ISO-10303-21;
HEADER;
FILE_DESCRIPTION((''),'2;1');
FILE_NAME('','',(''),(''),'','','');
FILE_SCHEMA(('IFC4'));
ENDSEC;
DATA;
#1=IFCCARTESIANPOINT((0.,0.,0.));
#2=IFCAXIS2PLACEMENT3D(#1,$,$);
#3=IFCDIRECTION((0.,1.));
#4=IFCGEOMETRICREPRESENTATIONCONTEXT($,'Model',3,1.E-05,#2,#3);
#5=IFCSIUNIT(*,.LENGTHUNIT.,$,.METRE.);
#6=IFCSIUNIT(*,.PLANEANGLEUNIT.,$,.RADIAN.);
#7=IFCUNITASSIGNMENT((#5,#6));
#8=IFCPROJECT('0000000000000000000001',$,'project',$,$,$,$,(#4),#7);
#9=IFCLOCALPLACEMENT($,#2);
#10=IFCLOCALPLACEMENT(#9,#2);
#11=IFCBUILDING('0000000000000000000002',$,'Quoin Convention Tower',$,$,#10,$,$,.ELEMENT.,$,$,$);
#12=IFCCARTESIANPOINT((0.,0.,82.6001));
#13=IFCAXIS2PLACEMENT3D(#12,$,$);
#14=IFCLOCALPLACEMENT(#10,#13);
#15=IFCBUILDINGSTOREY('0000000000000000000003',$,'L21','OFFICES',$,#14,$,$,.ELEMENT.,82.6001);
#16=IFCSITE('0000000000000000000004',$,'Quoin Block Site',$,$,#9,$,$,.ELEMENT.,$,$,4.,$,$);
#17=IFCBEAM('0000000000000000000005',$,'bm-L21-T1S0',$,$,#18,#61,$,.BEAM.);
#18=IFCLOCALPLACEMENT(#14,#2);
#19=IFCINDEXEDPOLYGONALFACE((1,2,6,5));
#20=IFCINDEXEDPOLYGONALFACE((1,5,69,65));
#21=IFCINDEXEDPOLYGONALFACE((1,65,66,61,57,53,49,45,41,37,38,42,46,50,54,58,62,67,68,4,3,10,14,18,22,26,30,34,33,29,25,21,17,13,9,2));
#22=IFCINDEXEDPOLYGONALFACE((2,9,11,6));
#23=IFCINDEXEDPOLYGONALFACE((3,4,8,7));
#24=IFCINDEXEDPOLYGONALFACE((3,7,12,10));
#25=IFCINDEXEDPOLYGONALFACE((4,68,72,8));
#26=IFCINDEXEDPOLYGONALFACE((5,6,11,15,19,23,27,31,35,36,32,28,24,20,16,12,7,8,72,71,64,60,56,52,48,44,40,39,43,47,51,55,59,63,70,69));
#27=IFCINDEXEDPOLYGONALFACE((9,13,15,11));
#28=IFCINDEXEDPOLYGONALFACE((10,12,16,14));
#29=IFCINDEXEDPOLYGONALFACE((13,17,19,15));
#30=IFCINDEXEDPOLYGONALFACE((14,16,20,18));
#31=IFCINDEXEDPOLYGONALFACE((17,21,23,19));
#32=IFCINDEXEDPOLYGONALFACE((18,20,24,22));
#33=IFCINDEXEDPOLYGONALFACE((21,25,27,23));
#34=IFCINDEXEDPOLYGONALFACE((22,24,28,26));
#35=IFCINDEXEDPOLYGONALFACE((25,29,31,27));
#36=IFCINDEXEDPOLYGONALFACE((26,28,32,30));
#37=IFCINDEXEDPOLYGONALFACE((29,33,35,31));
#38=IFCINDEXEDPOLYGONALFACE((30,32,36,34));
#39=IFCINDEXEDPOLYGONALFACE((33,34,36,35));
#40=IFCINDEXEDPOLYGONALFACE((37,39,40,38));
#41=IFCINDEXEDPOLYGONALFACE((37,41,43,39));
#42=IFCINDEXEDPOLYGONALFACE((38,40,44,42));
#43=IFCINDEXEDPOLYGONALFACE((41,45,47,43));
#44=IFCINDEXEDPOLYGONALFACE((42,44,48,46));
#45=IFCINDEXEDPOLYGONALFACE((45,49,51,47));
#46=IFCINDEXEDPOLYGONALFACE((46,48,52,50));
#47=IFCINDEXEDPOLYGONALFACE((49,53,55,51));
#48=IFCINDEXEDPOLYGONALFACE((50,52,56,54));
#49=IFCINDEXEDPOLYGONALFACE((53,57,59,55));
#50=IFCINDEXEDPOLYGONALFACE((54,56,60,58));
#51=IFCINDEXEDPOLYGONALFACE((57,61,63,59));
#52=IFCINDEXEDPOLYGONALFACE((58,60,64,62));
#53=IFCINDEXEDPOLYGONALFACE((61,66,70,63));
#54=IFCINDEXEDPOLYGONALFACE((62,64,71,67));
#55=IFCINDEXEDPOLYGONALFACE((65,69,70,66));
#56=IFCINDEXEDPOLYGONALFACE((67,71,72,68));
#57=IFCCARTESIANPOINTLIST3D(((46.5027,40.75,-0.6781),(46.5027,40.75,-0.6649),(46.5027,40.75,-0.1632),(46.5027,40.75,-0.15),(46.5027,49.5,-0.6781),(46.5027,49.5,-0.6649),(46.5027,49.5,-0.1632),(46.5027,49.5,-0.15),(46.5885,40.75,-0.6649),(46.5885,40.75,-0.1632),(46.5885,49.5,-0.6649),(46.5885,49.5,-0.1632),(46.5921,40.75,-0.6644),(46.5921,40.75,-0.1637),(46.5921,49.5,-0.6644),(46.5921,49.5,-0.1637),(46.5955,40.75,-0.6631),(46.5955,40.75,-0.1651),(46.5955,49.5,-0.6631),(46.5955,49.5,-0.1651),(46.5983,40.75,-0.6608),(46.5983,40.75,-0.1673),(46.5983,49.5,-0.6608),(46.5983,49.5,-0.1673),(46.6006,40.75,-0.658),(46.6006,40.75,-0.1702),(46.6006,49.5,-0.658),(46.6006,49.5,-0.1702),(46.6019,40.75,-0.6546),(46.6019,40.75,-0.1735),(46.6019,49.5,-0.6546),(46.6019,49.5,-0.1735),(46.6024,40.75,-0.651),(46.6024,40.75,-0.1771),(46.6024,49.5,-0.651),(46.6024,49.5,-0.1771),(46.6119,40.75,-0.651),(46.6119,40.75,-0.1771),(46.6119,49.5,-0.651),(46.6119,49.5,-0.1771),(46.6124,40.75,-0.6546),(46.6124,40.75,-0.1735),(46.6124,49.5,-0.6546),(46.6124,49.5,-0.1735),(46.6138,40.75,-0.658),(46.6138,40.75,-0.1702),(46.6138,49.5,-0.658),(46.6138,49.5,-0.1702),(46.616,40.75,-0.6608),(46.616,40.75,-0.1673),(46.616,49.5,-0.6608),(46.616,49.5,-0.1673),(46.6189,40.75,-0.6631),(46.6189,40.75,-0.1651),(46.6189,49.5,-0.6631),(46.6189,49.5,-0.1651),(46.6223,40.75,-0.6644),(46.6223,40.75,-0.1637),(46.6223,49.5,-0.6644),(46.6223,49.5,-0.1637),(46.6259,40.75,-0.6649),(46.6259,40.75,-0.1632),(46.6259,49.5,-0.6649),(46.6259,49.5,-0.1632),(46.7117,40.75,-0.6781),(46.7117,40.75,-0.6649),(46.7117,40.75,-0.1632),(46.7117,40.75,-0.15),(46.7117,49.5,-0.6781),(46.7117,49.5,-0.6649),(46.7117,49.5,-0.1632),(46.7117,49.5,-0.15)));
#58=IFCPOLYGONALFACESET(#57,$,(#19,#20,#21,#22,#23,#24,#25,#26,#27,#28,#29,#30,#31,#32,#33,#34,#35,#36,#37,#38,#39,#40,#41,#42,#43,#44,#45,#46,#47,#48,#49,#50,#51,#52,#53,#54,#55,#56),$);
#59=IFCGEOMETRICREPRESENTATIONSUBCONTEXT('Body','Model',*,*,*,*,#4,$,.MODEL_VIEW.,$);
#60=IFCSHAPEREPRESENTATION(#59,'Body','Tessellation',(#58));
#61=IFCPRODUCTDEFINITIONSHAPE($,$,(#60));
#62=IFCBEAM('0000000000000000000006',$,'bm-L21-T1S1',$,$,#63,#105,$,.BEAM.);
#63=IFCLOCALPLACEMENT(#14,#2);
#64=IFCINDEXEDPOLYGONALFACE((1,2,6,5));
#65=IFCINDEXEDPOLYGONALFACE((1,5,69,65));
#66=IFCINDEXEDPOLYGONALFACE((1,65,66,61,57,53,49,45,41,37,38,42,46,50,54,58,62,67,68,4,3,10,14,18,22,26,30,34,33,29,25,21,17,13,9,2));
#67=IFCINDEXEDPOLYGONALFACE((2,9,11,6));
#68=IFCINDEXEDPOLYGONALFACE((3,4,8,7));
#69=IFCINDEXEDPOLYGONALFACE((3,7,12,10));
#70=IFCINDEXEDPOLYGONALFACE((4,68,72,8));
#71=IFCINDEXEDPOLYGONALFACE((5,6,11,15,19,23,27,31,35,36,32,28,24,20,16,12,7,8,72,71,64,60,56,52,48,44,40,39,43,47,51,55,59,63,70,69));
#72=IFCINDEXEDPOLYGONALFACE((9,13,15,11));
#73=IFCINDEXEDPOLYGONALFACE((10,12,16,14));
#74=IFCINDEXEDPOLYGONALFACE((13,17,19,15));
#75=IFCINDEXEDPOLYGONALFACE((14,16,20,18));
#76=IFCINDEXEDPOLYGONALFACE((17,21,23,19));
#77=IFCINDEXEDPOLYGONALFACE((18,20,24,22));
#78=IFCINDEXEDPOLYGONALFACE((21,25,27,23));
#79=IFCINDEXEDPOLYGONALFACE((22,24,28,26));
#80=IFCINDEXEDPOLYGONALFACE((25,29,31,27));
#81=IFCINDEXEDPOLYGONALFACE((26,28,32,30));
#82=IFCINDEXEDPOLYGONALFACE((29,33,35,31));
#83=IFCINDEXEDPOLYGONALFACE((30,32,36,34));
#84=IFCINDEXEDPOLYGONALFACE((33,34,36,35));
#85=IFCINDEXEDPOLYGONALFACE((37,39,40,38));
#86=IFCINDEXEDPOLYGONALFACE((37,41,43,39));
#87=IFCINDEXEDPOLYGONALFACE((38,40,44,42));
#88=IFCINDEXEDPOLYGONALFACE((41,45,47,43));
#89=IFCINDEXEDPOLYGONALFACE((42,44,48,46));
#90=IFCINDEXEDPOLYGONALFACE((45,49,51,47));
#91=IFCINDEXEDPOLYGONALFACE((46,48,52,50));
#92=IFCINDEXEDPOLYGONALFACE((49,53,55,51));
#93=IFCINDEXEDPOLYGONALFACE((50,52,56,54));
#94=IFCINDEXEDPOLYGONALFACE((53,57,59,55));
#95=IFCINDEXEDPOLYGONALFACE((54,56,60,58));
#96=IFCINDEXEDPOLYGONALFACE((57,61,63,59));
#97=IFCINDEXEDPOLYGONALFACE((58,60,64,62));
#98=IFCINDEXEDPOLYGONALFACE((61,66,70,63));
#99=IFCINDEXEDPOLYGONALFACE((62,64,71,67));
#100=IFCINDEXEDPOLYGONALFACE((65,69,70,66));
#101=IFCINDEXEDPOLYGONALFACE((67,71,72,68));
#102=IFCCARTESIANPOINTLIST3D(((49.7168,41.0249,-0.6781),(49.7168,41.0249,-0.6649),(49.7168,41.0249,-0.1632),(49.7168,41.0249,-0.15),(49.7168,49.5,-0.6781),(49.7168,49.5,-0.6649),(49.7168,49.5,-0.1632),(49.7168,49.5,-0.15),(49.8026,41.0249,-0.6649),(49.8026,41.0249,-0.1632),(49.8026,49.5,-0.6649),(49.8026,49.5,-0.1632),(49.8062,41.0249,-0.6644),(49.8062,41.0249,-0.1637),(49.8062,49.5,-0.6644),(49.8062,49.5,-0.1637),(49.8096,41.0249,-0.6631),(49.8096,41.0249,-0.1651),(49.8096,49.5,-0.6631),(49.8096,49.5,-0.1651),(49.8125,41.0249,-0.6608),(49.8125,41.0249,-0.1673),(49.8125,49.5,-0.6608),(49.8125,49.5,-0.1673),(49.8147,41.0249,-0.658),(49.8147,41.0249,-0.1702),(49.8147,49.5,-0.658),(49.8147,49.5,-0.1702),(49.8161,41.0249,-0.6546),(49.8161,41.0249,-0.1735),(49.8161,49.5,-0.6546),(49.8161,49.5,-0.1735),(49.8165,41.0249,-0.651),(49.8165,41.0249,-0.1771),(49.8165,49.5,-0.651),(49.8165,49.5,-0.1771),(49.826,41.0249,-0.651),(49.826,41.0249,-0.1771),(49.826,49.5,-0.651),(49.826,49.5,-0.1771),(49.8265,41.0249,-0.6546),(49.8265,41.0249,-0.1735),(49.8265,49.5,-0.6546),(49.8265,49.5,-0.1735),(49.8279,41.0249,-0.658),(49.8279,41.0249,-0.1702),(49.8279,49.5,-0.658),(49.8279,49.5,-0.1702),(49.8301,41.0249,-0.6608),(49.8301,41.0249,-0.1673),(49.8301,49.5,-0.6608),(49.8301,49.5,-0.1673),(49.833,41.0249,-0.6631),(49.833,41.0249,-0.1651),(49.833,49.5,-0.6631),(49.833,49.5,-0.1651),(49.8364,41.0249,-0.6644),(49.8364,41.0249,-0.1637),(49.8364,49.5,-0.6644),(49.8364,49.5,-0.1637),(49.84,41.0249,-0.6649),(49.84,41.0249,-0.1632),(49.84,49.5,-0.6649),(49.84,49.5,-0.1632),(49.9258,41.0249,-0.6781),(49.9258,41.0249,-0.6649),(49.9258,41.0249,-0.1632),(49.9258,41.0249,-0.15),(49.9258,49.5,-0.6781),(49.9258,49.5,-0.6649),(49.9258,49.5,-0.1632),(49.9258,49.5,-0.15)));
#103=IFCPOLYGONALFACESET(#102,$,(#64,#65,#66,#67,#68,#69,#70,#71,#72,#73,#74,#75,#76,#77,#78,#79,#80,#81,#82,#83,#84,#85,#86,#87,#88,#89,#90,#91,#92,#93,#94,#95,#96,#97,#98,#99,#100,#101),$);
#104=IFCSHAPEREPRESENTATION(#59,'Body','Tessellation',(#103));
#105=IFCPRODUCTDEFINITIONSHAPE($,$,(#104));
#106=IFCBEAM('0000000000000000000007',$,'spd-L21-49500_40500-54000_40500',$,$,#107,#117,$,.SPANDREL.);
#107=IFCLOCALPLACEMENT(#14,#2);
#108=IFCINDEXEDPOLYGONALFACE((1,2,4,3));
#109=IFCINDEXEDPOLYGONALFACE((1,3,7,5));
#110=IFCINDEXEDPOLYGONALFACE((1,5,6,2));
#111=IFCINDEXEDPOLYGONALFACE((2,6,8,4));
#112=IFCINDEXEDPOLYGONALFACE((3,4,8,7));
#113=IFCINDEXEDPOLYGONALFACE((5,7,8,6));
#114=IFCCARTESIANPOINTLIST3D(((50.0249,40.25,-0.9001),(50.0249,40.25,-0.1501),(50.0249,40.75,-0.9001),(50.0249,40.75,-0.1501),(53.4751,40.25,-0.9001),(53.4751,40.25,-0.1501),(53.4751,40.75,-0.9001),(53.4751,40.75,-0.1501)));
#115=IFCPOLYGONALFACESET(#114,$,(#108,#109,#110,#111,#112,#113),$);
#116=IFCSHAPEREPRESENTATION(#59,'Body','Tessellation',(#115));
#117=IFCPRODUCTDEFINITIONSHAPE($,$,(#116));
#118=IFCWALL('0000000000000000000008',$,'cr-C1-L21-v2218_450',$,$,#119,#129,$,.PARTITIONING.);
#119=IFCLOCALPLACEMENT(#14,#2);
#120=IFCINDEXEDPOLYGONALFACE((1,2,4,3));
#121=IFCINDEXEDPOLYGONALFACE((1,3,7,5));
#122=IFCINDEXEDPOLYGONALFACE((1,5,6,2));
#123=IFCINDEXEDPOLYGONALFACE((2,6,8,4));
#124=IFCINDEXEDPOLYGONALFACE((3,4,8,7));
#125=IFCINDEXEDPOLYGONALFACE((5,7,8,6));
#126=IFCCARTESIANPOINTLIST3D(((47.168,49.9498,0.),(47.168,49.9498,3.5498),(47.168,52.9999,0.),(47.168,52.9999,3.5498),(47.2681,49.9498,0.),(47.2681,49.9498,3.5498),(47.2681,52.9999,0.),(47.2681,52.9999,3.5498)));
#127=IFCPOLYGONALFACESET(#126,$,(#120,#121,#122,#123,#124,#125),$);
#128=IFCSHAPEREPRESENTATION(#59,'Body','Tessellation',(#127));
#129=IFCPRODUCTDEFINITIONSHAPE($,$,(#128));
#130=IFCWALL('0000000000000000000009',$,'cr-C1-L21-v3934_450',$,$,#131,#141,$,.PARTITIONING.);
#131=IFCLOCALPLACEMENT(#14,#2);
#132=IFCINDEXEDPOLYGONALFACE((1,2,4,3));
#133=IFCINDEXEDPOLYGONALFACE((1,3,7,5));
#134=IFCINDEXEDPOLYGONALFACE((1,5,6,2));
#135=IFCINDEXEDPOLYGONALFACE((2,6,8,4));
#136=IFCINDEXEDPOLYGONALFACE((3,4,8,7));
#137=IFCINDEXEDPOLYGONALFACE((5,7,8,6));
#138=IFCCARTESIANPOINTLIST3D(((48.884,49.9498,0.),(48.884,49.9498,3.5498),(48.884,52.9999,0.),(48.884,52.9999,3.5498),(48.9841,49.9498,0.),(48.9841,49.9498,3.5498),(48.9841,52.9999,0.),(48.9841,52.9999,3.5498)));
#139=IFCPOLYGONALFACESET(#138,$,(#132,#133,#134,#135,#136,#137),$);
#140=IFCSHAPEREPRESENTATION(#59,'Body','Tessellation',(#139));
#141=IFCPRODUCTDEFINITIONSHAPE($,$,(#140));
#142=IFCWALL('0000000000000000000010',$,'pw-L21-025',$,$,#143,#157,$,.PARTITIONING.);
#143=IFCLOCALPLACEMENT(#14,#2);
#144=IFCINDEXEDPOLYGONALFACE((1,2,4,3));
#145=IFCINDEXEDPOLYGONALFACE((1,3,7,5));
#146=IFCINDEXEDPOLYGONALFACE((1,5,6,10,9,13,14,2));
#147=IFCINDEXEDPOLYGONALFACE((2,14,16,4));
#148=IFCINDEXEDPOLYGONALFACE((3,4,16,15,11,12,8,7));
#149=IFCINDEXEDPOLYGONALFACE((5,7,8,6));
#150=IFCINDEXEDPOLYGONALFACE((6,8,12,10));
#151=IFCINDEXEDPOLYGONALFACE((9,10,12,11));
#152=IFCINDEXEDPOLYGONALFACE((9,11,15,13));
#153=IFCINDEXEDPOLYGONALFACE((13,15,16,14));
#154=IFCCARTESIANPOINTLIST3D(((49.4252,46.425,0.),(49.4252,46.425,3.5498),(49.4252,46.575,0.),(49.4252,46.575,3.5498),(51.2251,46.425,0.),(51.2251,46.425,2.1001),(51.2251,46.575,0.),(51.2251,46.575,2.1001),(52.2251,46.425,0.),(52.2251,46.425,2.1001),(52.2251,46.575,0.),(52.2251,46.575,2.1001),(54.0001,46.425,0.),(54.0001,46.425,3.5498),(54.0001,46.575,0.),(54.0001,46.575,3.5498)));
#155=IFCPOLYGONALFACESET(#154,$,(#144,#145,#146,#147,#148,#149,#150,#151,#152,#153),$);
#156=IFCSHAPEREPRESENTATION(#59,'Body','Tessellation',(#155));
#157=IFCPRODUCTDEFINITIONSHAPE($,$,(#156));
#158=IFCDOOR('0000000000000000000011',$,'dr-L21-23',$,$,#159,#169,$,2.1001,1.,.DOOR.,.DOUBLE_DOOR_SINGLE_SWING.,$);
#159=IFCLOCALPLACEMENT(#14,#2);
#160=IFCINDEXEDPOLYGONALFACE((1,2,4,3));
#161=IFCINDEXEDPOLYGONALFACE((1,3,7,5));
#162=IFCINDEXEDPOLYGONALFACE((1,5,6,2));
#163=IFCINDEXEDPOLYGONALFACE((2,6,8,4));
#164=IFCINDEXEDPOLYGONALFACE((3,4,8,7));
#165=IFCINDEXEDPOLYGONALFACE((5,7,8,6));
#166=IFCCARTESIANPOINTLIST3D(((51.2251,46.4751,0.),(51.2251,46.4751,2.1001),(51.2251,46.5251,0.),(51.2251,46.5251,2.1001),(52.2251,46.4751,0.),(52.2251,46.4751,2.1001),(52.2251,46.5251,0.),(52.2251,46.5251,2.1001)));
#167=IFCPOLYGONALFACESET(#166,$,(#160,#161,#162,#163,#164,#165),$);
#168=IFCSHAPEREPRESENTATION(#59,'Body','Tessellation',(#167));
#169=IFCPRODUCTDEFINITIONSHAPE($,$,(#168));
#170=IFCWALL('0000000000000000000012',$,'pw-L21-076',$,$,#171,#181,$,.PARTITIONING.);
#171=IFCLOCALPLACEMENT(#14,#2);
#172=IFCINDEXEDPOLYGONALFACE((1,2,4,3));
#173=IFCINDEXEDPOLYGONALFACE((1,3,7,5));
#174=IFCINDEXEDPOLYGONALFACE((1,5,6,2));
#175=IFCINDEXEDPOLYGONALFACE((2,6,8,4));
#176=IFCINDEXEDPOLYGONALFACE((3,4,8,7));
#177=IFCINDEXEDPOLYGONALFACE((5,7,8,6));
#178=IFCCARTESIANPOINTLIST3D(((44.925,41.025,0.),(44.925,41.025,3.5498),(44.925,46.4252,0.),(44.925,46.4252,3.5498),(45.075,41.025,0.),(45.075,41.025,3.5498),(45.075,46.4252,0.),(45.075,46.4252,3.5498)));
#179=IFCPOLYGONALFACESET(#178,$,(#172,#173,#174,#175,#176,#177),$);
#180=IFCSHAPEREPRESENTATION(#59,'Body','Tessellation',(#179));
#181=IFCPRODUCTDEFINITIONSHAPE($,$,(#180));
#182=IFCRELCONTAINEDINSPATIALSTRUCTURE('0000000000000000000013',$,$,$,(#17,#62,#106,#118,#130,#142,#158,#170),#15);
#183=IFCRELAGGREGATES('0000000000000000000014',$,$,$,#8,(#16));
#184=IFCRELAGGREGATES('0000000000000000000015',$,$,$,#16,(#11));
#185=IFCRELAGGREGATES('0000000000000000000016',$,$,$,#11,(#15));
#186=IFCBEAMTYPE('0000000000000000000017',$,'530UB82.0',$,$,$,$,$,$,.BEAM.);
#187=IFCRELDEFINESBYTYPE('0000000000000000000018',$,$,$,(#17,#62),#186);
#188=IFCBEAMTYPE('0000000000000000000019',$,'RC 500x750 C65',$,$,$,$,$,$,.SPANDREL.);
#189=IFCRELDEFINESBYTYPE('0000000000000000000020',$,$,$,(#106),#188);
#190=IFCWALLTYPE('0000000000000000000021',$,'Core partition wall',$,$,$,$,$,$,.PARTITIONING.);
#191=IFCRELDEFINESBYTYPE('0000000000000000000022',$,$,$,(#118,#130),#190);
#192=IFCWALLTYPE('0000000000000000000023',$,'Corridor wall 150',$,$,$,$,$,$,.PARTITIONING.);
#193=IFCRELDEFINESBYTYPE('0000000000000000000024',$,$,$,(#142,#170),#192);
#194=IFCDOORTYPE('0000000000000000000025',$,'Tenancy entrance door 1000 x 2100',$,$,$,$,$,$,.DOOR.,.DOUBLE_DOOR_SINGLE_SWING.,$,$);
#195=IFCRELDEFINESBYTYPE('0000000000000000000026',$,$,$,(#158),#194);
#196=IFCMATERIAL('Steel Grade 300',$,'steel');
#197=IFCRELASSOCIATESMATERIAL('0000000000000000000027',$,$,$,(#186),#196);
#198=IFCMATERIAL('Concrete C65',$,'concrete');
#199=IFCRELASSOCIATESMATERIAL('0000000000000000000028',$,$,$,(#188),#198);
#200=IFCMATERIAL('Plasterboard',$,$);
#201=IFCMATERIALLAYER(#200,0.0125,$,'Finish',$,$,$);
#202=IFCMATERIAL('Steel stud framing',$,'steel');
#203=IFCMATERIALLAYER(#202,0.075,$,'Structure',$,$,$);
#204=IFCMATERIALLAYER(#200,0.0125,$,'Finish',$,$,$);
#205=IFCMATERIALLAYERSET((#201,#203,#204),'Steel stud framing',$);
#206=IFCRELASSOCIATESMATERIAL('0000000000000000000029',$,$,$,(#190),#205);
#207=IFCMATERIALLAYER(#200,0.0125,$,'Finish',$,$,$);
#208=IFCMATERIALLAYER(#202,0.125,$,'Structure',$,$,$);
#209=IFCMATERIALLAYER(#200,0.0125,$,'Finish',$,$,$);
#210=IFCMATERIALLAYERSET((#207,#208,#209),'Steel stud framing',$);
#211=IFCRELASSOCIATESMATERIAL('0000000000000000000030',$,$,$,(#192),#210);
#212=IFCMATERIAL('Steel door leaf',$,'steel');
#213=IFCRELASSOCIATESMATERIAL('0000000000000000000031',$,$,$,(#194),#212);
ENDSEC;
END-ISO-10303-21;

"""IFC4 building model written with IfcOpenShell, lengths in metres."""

from ifc_helpers import new_model, si_unit, direction, frame, frame_2d, origin, origin_2d, place, context, subcontext, project, spatial, rectangle, i_section, extrude, material, layer, layer_set, material_profile, profile_set, type_object, element, fill, save


model = new_model("IFC4")

# Units and contexts
model_context = context("Model", 3, precision=1e-05, world=origin(), true_north=direction((0.0, 1.0)))
body_context = subcontext(model_context, "Body", "Model", "MODEL_VIEW")
ifc_project = project(units=[si_unit("LENGTHUNIT", "METRE"), si_unit("PLANEANGLEUNIT", "RADIAN")], contexts=[model_context])

# Site, building, storey
site_placement = place(None, origin())
site = spatial("IfcSite", under=ifc_project, at=site_placement, Name="Quoin Block Site", CompositionType="ELEMENT", RefElevation=4.0)
building_placement = place(site_placement, origin())
building = spatial("IfcBuilding", under=site, at=building_placement, Name="Quoin Convention Tower", CompositionType="ELEMENT")
storey_placement = place(building_placement, frame((0.0, 0.0, 82.6001)))
storey = spatial("IfcBuildingStorey", under=building, at=storey_placement, Name="L21", Description="OFFICES", CompositionType="ELEMENT", Elevation=82.6001)

# Beams
ifc_material_1 = material(Name="Steel Grade 300", Category="steel")
ifc_material_profile_1 = material_profile(ifc_material_1, i_section(OverallWidth=0.209, OverallDepth=0.5281, WebThickness=0.0095, FlangeThickness=0.0132, FilletRadius=0.0139, at=origin_2d()), Name="530UB82.0")
ifc_profile_set_1 = profile_set([ifc_material_profile_1], Name="Steel Grade 300")
beam_type_1 = type_object("IfcBeamType", Name="530UB82.0", PredefinedType="BEAM", material=ifc_profile_set_1)
beam_1_placement = place(storey_placement, frame((46.6072, 40.75, -0.4141), z_axis=(0.0, 1.0, 0.0), x_axis=(-1.0, 0.0, 0.0)))
element("IfcBeam", 1, at=beam_1_placement, inside=storey, type_object=beam_type_1, Name="bm-L21-T1S0", PredefinedType="BEAM", context=body_context, shape_type="SweptSolid", body=[
    extrude(i_section(OverallWidth=0.209, OverallDepth=0.5281, WebThickness=0.0095, FlangeThickness=0.0132, FilletRadius=0.0139, at=origin_2d()), origin(), (0.0, 0.0, 1.0), 8.75),
])
beam_2_placement = place(storey_placement, frame((49.8213, 41.0249, -0.4141), z_axis=(0.0, 1.0, 0.0), x_axis=(-1.0, 0.0, 0.0)))
element("IfcBeam", 2, at=beam_2_placement, inside=storey, type_object=beam_type_1, Name="bm-L21-T1S1", PredefinedType="BEAM", context=body_context, shape_type="SweptSolid", body=[
    extrude(i_section(OverallWidth=0.209, OverallDepth=0.5281, WebThickness=0.0095, FlangeThickness=0.0132, FilletRadius=0.0139, at=origin_2d()), origin(), (0.0, 0.0, 1.0), 8.4751),
])
ifc_material_2 = material(Name="Concrete C65", Category="concrete")
ifc_material_profile_2 = material_profile(ifc_material_2, rectangle(XDim=0.5, YDim=0.75, at=origin_2d()), Name="RC 500x750")
ifc_profile_set_2 = profile_set([ifc_material_profile_2], Name="Concrete C65")
beam_type_2 = type_object("IfcBeamType", Name="RC 500x750 C65", PredefinedType="SPANDREL", material=ifc_profile_set_2)
beam_3_placement = place(storey_placement, frame((50.0249, 40.5, -0.5251), z_axis=(1.0, 0.0, 0.0), x_axis=(0.0, 1.0, 0.0)))
element("IfcBeam", 3, at=beam_3_placement, inside=storey, type_object=beam_type_2, Name="spd-L21-49500_40500-54000_40500", PredefinedType="SPANDREL", context=body_context, shape_type="SweptSolid", body=[
    extrude(rectangle(XDim=0.5, YDim=0.75, at=origin_2d()), origin(), (0.0, 0.0, 1.0), 3.4502),
])

# Walls
ifc_material_3 = material(Name="Plasterboard")
ifc_layer_1 = layer(ifc_material_3, 0.0125, Name="Finish")
ifc_material_4 = material(Name="Steel stud framing", Category="steel")
ifc_layer_2 = layer(ifc_material_4, 0.075, Name="Structure")
ifc_layer_3 = layer(ifc_material_3, 0.0125, Name="Finish")
ifc_layer_set_1 = layer_set([ifc_layer_1, ifc_layer_2, ifc_layer_3], Name="Steel stud framing")
wall_type_1 = type_object("IfcWallType", Name="Core partition wall", PredefinedType="PARTITIONING", material=ifc_layer_set_1)
for number, where, z_axis, x_axis, name in (
    (4, (47.218, 49.95, 0.0), (0.0, 0.0, 1.0), (0.0, 1.0, 0.0), "cr-C1-L21-v2218_450"),
    (5, (48.9341, 49.95, 0.0), (0.0, 0.0, 1.0), (0.0, 1.0, 0.0), "cr-C1-L21-v3934_450"),
):
    element("IfcWall", number, at=place(storey_placement, frame(where, z_axis=z_axis, x_axis=x_axis)), inside=storey, type_object=wall_type_1, Name=name, PredefinedType="PARTITIONING", context=body_context, shape_type="SweptSolid", body=[
        extrude(rectangle(XDim=3.05, YDim=0.1001, at=frame_2d((1.5249, 0.0))), origin(), (0.0, 0.0, 1.0), 3.5498),
    ])

# Wall, opening, door
ifc_layer_4 = layer(ifc_material_3, 0.0125, Name="Finish")
ifc_layer_5 = layer(ifc_material_4, 0.125, Name="Structure")
ifc_layer_6 = layer(ifc_material_3, 0.0125, Name="Finish")
ifc_layer_set_2 = layer_set([ifc_layer_4, ifc_layer_5, ifc_layer_6], Name="Steel stud framing")
wall_type_2 = type_object("IfcWallType", Name="Corridor wall 150", PredefinedType="PARTITIONING", material=ifc_layer_set_2)
wall_1_placement = place(storey_placement, frame((49.425, 46.5, 0.0), z_axis=(0.0, 0.0, 1.0), x_axis=(1.0, 0.0, 0.0)))
wall_1 = element("IfcWall", 6, at=wall_1_placement, inside=storey, type_object=wall_type_2, Name="pw-L21-025", PredefinedType="PARTITIONING", context=body_context, shape_type="SweptSolid", body=[
    extrude(rectangle(XDim=4.575, YDim=0.1499, at=frame_2d((2.2876, 0.0))), origin(), (0.0, 0.0, 1.0), 3.5498),
])
opening_1_placement = place(wall_1_placement, frame((1.8, 0.0, 0.0)))
opening_1 = element("IfcOpeningElement", 7, at=opening_1_placement, cuts=wall_1, PredefinedType="OPENING", context=body_context, shape_type="SweptSolid", body=[
    extrude(rectangle(XDim=1.0, YDim=2.1001, at=frame_2d((0.5, 1.05))), frame((0.0, 0.085, 0.0), z_axis=(0.0, -1.0, 0.0), x_axis=(1.0, 0.0, 0.0)), (0.0, 0.0, 1.0), 0.1699),
])
ifc_material_5 = material(Name="Steel door leaf", Category="steel")
door_type_1 = type_object("IfcDoorType", Name="Tenancy entrance door 1000 x 2100", OperationType="DOUBLE_DOOR_SINGLE_SWING", PredefinedType="DOOR", material=ifc_material_5)
door_1_placement = place(opening_1_placement, frame((1.0, 0.0, 0.0), z_axis=(0.0, 0.0, 1.0), x_axis=(-1.0, 0.0, 0.0)))
door_1 = element("IfcDoor", 8, at=door_1_placement, inside=storey, type_object=door_type_1, Name="dr-L21-23", OperationType="DOUBLE_DOOR_SINGLE_SWING", OverallHeight=2.1001, OverallWidth=1.0, PredefinedType="DOOR", context=body_context, shape_type="SweptSolid", body=[
    extrude(rectangle(XDim=1.0, YDim=2.1001, at=frame_2d((0.5, 1.05))), frame((0.0, 0.0249, 0.0), z_axis=(0.0, -1.0, 0.0), x_axis=(1.0, 0.0, 0.0)), (0.0, 0.0, 1.0), 0.05),
])
fill(opening_1, door_1)

# Wall
wall_2_placement = place(storey_placement, frame((45.0, 41.0249, 0.0), z_axis=(0.0, 0.0, 1.0), x_axis=(0.0, 1.0, 0.0)))
element("IfcWall", 9, at=wall_2_placement, inside=storey, type_object=wall_type_2, Name="pw-L21-076", PredefinedType="PARTITIONING", context=body_context, shape_type="SweptSolid", body=[
    extrude(rectangle(XDim=5.4001, YDim=0.1499, at=frame_2d((2.7002, 0.0))), origin(), (0.0, 0.0, 1.0), 3.5498),
])

save(model, "model.ifc")
